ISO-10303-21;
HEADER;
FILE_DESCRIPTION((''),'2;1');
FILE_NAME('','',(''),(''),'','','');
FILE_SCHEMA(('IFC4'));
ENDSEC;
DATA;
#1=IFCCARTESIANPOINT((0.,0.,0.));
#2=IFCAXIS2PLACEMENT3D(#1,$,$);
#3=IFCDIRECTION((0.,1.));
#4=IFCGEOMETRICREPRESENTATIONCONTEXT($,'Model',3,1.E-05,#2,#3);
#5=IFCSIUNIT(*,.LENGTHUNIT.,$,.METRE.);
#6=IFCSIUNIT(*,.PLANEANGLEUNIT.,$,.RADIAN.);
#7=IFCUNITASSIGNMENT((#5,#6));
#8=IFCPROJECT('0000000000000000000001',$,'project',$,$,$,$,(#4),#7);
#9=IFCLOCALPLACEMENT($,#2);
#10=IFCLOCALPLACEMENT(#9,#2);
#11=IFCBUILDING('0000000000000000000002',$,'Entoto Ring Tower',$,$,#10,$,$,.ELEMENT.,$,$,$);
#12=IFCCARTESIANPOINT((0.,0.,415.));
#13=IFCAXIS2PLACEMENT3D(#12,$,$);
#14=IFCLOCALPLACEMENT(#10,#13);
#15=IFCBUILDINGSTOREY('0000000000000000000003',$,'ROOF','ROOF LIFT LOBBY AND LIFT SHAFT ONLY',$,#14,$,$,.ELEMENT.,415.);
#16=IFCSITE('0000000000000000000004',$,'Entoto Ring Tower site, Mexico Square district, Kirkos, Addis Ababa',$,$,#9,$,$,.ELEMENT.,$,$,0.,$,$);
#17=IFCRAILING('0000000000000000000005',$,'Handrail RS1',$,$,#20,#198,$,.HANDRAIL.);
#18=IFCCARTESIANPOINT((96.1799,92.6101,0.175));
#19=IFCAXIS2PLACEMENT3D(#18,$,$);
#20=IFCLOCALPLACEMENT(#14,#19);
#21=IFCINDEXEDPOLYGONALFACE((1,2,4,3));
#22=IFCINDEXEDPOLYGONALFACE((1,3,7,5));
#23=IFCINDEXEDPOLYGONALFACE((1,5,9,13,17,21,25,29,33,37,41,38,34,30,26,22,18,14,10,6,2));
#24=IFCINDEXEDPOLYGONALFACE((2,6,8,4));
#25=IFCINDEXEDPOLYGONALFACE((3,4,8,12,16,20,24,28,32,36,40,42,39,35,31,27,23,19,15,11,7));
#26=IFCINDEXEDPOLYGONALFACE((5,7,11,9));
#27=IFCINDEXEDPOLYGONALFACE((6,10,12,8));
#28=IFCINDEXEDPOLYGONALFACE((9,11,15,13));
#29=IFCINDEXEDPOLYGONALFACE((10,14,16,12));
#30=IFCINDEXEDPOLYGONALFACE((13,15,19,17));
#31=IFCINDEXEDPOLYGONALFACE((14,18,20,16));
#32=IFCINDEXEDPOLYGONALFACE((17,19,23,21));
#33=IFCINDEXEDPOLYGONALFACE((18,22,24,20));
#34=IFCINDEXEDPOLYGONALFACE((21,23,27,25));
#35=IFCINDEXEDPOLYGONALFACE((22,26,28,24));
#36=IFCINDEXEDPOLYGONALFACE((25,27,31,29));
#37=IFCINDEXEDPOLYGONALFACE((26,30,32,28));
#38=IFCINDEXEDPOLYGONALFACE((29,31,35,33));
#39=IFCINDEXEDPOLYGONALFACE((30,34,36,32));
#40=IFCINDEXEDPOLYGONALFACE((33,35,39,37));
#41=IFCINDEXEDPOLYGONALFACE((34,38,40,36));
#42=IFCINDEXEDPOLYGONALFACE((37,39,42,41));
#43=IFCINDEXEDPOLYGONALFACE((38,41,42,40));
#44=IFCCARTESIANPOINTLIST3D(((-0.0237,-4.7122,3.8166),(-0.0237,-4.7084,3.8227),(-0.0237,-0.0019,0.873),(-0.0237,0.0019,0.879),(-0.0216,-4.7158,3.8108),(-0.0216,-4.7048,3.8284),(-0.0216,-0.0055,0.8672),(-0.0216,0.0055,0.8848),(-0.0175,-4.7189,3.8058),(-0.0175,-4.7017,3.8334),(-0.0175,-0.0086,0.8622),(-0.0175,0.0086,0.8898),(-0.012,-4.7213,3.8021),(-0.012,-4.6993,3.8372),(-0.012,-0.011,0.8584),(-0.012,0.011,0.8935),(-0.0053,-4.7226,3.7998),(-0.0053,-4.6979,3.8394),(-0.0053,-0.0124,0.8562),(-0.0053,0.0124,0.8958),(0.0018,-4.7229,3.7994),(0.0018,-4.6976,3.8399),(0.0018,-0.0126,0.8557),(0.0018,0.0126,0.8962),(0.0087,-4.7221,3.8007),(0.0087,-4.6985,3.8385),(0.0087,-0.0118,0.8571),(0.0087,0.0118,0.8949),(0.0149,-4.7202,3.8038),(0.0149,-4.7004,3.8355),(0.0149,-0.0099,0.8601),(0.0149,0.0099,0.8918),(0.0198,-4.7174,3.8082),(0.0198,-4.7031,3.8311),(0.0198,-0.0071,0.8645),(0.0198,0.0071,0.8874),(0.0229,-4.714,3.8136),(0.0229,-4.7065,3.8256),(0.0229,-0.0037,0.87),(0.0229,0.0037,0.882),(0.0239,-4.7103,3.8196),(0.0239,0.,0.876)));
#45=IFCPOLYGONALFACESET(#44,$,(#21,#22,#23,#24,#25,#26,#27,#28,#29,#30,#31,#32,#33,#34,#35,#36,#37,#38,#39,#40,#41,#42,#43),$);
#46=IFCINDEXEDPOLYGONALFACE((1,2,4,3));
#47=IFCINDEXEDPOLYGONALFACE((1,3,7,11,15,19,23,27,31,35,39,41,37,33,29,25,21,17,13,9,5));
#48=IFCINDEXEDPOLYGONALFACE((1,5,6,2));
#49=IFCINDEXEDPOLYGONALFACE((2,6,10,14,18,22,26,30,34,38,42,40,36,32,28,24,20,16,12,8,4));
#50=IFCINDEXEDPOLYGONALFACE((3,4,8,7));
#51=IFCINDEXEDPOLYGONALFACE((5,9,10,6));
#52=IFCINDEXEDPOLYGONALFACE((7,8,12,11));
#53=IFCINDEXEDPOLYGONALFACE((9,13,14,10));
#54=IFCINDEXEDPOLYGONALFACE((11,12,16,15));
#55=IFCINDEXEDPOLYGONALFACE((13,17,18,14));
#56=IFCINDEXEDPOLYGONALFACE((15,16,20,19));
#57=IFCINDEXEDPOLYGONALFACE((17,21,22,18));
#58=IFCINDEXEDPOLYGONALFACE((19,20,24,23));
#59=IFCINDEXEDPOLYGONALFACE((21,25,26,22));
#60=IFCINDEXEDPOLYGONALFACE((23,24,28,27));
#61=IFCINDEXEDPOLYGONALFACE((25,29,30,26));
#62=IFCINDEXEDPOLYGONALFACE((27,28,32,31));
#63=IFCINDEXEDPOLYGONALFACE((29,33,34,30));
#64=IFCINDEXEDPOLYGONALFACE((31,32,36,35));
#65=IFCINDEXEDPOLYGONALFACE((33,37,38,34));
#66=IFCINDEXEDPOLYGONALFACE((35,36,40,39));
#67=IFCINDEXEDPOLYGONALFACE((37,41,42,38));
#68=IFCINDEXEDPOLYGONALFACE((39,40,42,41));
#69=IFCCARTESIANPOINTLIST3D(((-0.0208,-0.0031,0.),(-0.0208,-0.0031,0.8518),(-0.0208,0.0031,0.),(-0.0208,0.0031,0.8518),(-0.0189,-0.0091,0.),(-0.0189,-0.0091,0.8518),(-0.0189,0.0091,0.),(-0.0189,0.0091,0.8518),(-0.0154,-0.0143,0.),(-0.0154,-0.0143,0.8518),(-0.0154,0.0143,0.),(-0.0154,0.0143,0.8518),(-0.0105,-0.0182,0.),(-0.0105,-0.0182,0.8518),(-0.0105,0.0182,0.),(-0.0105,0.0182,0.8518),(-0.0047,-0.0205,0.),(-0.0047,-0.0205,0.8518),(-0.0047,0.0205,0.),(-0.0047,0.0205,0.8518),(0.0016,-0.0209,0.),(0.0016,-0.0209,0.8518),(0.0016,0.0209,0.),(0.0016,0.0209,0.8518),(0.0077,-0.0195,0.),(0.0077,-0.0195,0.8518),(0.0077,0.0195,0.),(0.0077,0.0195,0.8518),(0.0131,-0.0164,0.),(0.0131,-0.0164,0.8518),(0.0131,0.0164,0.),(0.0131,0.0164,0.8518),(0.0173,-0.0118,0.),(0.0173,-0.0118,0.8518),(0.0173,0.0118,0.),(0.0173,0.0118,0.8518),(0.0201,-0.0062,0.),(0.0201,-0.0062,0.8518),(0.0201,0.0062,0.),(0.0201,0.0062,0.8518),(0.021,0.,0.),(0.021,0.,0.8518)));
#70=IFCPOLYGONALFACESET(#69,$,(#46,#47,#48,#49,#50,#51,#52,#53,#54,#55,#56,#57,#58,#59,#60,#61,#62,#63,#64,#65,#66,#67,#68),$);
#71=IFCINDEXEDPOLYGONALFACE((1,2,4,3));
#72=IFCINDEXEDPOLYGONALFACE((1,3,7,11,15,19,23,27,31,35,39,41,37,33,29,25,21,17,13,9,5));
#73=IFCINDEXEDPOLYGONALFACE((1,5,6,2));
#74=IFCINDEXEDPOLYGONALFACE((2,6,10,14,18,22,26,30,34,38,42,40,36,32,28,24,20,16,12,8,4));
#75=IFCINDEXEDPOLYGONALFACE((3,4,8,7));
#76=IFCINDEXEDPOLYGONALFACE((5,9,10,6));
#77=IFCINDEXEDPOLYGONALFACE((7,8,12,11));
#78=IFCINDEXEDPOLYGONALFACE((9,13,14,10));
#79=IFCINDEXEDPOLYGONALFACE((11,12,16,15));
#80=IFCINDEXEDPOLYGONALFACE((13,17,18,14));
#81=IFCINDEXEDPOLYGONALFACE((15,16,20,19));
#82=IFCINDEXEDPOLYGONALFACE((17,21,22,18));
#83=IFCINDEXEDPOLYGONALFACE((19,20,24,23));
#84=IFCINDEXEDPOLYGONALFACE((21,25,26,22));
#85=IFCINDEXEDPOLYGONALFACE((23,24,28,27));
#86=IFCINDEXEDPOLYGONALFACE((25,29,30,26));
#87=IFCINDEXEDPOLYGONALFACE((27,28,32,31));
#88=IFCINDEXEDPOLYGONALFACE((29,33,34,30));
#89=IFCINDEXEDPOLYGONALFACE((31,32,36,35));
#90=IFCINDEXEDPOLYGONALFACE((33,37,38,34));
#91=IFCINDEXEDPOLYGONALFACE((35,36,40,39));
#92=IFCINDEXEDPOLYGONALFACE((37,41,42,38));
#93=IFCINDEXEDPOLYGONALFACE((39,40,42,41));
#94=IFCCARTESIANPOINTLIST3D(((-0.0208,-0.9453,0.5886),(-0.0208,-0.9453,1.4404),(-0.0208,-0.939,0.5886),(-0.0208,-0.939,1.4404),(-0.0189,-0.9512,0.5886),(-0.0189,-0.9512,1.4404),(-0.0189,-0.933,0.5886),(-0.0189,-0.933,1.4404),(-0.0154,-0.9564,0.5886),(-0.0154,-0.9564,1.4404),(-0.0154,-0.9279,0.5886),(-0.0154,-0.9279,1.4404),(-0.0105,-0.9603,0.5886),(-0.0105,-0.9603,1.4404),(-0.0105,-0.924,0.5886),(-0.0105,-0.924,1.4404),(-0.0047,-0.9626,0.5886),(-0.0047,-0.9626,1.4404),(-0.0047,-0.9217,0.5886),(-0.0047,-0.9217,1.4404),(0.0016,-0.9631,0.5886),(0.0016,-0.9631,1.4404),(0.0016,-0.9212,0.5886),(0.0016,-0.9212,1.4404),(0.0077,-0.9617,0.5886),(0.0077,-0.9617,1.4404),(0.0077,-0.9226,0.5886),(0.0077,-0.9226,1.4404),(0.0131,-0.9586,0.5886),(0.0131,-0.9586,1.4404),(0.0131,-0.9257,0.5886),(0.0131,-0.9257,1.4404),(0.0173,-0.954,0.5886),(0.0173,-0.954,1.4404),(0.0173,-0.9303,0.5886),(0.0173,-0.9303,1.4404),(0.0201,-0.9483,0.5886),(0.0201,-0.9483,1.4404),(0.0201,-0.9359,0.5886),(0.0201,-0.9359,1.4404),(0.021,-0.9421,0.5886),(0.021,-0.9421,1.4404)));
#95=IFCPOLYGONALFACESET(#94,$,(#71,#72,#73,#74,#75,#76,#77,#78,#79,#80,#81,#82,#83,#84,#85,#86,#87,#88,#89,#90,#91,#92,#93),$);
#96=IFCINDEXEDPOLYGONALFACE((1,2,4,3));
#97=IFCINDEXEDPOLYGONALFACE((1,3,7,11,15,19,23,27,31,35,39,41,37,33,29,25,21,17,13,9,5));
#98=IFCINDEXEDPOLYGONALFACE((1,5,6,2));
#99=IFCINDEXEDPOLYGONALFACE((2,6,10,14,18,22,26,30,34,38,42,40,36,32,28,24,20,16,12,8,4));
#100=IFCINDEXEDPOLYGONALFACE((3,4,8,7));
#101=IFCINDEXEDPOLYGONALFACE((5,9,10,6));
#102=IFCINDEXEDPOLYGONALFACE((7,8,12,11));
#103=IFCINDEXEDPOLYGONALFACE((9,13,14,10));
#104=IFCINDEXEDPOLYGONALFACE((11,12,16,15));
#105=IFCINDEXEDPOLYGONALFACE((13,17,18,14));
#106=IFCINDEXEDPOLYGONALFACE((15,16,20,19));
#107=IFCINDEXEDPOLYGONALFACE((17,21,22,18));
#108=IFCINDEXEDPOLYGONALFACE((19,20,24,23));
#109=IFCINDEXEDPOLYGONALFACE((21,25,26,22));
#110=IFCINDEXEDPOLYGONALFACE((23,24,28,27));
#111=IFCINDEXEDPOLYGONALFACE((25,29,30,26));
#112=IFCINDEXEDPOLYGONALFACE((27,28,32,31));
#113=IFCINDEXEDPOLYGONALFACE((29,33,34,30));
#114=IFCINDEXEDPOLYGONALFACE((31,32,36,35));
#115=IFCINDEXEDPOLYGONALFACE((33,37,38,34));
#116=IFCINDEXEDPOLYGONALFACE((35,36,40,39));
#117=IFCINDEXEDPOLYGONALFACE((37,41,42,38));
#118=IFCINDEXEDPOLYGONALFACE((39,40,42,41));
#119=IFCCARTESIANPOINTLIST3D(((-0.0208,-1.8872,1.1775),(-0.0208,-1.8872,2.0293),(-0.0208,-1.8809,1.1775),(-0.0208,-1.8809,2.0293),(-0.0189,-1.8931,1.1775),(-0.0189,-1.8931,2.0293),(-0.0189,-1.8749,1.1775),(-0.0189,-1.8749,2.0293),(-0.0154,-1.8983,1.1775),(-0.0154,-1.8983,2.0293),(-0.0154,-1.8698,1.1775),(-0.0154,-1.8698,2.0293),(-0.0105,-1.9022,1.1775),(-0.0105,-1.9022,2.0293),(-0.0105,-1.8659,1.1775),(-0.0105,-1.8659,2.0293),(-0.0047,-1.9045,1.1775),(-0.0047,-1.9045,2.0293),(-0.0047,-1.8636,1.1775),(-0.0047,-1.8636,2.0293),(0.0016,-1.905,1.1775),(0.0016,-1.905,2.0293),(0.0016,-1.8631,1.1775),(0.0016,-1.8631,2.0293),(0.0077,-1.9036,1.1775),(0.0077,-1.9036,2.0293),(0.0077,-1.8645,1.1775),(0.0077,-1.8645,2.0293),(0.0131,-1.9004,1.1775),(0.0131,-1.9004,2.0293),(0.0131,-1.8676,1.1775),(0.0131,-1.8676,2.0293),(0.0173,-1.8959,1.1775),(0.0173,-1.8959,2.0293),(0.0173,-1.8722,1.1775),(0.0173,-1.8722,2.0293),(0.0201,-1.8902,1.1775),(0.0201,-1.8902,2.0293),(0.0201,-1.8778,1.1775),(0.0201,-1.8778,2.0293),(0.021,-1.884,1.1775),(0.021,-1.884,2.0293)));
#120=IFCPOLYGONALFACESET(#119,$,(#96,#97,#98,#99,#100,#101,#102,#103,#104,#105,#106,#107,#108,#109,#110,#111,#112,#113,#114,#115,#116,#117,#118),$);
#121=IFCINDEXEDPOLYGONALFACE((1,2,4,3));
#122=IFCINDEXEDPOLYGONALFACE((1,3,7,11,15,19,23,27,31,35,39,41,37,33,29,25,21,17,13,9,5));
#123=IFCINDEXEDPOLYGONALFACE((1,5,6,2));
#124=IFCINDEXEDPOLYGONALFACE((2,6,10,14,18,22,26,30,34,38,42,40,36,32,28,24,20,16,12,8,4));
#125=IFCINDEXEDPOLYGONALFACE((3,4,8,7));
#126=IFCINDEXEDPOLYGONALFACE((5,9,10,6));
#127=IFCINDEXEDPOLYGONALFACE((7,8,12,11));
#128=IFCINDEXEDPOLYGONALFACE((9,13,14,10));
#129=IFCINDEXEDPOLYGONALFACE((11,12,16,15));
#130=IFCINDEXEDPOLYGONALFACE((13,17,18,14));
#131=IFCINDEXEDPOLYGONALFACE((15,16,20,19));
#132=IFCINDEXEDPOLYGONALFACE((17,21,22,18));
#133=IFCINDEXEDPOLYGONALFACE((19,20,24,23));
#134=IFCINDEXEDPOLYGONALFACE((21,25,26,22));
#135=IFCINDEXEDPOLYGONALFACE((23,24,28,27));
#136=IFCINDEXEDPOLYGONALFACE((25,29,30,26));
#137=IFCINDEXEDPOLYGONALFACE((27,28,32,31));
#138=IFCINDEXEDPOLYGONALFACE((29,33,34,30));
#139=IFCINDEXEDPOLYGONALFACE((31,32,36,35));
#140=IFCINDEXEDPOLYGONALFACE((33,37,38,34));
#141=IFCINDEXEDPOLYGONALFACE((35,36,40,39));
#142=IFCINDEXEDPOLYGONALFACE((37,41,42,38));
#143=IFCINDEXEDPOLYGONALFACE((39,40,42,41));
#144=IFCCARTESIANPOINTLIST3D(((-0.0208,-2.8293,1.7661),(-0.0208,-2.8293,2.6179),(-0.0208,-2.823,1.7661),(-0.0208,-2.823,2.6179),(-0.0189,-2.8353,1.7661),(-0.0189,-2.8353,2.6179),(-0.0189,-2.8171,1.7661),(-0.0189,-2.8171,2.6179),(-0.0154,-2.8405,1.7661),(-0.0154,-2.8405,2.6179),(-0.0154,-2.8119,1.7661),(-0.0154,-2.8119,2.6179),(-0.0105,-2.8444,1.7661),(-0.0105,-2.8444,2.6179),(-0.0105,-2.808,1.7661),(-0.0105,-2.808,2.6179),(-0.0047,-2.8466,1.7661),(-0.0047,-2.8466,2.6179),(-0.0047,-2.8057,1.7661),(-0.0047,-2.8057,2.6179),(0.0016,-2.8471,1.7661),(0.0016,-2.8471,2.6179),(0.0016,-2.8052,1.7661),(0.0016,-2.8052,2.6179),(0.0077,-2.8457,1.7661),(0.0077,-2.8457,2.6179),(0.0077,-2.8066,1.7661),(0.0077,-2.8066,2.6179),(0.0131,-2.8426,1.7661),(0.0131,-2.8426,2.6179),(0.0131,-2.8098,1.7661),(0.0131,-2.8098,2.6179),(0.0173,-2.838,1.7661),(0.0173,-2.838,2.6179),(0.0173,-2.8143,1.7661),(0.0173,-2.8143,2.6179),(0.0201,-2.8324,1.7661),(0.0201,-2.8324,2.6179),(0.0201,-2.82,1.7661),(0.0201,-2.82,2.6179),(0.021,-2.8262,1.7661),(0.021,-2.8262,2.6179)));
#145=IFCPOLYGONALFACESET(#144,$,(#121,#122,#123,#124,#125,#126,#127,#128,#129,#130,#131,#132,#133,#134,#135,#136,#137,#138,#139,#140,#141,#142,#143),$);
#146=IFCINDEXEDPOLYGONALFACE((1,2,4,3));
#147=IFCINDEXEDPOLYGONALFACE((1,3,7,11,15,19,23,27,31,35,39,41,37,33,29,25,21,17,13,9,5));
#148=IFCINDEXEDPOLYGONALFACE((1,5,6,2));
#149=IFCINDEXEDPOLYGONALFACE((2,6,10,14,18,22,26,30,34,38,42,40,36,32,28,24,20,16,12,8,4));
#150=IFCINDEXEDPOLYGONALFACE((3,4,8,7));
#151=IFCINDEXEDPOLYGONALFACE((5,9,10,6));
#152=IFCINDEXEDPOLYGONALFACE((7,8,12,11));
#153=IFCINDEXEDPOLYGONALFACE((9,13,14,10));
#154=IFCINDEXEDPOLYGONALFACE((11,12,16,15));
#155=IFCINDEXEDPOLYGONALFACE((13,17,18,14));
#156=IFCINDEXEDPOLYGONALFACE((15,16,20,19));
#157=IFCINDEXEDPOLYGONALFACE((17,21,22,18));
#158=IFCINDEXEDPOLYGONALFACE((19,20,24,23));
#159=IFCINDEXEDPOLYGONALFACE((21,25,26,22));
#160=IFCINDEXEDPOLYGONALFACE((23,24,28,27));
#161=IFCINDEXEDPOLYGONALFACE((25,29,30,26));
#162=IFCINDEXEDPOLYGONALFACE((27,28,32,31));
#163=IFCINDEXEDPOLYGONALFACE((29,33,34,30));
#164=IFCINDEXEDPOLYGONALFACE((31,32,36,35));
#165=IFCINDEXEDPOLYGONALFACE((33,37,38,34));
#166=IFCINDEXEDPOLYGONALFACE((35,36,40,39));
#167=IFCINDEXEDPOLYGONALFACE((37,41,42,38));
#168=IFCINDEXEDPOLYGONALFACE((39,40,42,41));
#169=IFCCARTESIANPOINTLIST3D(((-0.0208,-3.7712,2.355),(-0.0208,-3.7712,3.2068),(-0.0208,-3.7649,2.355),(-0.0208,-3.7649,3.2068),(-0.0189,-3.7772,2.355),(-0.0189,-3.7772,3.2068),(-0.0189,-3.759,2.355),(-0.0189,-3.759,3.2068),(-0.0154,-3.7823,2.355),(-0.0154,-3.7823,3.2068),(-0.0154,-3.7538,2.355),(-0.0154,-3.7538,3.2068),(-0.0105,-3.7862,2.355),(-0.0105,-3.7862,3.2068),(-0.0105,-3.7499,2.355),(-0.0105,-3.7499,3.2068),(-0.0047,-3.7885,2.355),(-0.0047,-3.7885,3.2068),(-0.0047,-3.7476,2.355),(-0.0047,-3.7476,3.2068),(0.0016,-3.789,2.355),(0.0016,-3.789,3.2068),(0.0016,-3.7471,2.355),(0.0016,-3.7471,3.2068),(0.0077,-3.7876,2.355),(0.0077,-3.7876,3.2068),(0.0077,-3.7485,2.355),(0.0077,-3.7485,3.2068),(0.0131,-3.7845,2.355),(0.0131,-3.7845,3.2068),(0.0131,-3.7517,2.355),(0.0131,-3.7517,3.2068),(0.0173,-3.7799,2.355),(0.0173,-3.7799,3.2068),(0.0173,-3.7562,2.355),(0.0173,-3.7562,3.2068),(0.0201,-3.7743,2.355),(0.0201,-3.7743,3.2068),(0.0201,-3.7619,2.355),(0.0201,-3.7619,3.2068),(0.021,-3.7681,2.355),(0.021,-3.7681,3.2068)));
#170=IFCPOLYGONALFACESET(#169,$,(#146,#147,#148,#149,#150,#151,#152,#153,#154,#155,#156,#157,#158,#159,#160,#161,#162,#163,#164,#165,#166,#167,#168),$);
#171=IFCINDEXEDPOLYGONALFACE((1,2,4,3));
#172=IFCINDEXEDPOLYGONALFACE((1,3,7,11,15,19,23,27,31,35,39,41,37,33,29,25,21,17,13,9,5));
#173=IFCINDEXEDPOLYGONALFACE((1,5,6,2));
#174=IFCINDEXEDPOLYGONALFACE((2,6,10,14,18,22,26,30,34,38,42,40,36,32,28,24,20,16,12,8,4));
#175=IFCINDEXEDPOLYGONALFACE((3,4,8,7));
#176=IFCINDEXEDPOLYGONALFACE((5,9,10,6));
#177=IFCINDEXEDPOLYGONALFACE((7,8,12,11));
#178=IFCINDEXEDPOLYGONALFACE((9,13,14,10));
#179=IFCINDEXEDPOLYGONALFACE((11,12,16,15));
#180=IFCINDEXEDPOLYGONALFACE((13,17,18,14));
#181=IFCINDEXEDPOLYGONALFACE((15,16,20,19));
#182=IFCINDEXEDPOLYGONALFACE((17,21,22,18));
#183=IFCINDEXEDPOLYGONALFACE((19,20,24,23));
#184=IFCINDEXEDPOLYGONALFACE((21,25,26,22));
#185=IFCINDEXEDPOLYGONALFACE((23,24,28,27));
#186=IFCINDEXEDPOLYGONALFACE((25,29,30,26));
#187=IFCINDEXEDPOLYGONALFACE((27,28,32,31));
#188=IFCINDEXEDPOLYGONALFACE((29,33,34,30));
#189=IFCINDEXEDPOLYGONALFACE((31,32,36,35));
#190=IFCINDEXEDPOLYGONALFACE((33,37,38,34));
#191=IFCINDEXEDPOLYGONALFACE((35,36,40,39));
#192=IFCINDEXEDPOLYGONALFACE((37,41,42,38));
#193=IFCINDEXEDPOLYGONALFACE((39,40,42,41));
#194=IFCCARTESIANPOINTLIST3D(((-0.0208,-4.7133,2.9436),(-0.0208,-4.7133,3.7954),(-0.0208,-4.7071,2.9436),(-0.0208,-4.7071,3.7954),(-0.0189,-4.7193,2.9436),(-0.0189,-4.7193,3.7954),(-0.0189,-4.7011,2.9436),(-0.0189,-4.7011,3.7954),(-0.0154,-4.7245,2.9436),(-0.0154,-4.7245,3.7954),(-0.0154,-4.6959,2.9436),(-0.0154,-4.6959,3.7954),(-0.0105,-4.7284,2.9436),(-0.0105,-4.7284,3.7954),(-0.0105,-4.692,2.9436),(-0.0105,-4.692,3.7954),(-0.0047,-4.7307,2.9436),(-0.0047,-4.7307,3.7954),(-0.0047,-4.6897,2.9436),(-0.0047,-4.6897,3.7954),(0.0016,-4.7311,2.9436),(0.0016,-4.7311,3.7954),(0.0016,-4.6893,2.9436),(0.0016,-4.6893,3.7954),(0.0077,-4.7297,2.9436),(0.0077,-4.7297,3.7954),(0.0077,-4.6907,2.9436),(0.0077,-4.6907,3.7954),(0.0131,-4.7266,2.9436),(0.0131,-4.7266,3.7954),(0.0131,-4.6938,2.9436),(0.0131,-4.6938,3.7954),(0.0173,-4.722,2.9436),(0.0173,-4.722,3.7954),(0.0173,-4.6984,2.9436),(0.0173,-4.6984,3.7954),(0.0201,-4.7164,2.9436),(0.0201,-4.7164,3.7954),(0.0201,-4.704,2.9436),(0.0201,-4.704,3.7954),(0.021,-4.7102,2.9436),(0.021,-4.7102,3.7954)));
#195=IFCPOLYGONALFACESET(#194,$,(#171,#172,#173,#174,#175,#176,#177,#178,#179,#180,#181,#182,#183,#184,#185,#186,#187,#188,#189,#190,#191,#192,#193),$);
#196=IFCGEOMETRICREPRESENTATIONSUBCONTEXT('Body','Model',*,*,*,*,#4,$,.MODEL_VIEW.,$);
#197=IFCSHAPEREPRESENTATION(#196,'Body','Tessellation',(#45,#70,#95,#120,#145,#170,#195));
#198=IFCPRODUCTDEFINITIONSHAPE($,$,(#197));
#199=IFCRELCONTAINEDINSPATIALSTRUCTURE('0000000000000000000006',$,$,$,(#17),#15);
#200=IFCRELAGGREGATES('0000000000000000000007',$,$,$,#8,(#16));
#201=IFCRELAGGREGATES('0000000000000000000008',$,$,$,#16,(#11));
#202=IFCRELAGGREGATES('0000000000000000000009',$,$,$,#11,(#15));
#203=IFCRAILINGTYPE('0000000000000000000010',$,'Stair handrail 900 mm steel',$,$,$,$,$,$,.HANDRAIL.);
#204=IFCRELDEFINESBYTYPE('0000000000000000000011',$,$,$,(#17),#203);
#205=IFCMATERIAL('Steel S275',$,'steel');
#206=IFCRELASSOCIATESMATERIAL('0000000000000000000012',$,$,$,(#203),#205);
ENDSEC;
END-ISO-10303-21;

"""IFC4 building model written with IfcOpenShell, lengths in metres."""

from ifc_helpers import new_model, si_unit, direction, frame, origin, origin_2d, place, context, subcontext, project, spatial, circle, extrude, material, type_object, element, save


model = new_model("IFC4")

# Units and contexts
model_context = context("Model", 3, precision=1e-05, world=origin(), true_north=direction((0.0, 1.0)))
body_context = subcontext(model_context, "Body", "Model", "MODEL_VIEW")
ifc_project = project(units=[si_unit("LENGTHUNIT", "METRE"), si_unit("PLANEANGLEUNIT", "RADIAN")], contexts=[model_context])

# Site, building, storey
site_placement = place(None, origin())
site = spatial("IfcSite", under=ifc_project, at=site_placement, Name="Entoto Ring Tower site, Mexico Square district, Kirkos, Addis Ababa", CompositionType="ELEMENT", RefElevation=0.0)
building_placement = place(site_placement, origin())
building = spatial("IfcBuilding", under=site, at=building_placement, Name="Entoto Ring Tower", CompositionType="ELEMENT")
storey_placement = place(building_placement, frame((0.0, 0.0, 415.0)))
storey = spatial("IfcBuildingStorey", under=building, at=storey_placement, Name="ROOF", Description="ROOF LIFT LOBBY AND LIFT SHAFT ONLY", CompositionType="ELEMENT", Elevation=415.0)

# Railing
ifc_material_1 = material(Name="Steel S275", Category="steel")
railing_type_1 = type_object("IfcRailingType", Name="Stair handrail 900 mm steel", PredefinedType="HANDRAIL", material=ifc_material_1)
for number, where, name in (
    (1, (96.1799, 92.6101, 0.175), "Handrail RS1"),
):
    element("IfcRailing", number, at=place(storey_placement, frame(where)), inside=storey, type_object=railing_type_1, Name=name, PredefinedType="HANDRAIL", context=body_context, shape_type="SweptSolid", body=[
        extrude(circle(Radius=0.0239, at=origin_2d()), frame((0.0, 0.0, 0.876), z_axis=(0.0, -0.848021, 0.529963), x_axis=(1.0, 0.0, 0.0)), (0.0, 0.0, 1.0), 5.5544),
        extrude(circle(Radius=0.021, at=origin_2d()), origin(), (0.0, 0.0, 1.0), 0.8518),
        extrude(circle(Radius=0.021, at=origin_2d()), frame((0.0, -0.9421, 0.5886)), (0.0, 0.0, 1.0), 0.8518),
        extrude(circle(Radius=0.021, at=origin_2d()), frame((0.0, -1.884, 1.1775)), (0.0, 0.0, 1.0), 0.8518),
        extrude(circle(Radius=0.021, at=origin_2d()), frame((0.0, -2.8262, 1.7661)), (0.0, 0.0, 1.0), 0.8518),
        extrude(circle(Radius=0.021, at=origin_2d()), frame((0.0, -3.7681, 2.355)), (0.0, 0.0, 1.0), 0.8518),
        extrude(circle(Radius=0.021, at=origin_2d()), frame((0.0, -4.7102, 2.9436)), (0.0, 0.0, 1.0), 0.8518),
    ])

save(model, "model.ifc")
